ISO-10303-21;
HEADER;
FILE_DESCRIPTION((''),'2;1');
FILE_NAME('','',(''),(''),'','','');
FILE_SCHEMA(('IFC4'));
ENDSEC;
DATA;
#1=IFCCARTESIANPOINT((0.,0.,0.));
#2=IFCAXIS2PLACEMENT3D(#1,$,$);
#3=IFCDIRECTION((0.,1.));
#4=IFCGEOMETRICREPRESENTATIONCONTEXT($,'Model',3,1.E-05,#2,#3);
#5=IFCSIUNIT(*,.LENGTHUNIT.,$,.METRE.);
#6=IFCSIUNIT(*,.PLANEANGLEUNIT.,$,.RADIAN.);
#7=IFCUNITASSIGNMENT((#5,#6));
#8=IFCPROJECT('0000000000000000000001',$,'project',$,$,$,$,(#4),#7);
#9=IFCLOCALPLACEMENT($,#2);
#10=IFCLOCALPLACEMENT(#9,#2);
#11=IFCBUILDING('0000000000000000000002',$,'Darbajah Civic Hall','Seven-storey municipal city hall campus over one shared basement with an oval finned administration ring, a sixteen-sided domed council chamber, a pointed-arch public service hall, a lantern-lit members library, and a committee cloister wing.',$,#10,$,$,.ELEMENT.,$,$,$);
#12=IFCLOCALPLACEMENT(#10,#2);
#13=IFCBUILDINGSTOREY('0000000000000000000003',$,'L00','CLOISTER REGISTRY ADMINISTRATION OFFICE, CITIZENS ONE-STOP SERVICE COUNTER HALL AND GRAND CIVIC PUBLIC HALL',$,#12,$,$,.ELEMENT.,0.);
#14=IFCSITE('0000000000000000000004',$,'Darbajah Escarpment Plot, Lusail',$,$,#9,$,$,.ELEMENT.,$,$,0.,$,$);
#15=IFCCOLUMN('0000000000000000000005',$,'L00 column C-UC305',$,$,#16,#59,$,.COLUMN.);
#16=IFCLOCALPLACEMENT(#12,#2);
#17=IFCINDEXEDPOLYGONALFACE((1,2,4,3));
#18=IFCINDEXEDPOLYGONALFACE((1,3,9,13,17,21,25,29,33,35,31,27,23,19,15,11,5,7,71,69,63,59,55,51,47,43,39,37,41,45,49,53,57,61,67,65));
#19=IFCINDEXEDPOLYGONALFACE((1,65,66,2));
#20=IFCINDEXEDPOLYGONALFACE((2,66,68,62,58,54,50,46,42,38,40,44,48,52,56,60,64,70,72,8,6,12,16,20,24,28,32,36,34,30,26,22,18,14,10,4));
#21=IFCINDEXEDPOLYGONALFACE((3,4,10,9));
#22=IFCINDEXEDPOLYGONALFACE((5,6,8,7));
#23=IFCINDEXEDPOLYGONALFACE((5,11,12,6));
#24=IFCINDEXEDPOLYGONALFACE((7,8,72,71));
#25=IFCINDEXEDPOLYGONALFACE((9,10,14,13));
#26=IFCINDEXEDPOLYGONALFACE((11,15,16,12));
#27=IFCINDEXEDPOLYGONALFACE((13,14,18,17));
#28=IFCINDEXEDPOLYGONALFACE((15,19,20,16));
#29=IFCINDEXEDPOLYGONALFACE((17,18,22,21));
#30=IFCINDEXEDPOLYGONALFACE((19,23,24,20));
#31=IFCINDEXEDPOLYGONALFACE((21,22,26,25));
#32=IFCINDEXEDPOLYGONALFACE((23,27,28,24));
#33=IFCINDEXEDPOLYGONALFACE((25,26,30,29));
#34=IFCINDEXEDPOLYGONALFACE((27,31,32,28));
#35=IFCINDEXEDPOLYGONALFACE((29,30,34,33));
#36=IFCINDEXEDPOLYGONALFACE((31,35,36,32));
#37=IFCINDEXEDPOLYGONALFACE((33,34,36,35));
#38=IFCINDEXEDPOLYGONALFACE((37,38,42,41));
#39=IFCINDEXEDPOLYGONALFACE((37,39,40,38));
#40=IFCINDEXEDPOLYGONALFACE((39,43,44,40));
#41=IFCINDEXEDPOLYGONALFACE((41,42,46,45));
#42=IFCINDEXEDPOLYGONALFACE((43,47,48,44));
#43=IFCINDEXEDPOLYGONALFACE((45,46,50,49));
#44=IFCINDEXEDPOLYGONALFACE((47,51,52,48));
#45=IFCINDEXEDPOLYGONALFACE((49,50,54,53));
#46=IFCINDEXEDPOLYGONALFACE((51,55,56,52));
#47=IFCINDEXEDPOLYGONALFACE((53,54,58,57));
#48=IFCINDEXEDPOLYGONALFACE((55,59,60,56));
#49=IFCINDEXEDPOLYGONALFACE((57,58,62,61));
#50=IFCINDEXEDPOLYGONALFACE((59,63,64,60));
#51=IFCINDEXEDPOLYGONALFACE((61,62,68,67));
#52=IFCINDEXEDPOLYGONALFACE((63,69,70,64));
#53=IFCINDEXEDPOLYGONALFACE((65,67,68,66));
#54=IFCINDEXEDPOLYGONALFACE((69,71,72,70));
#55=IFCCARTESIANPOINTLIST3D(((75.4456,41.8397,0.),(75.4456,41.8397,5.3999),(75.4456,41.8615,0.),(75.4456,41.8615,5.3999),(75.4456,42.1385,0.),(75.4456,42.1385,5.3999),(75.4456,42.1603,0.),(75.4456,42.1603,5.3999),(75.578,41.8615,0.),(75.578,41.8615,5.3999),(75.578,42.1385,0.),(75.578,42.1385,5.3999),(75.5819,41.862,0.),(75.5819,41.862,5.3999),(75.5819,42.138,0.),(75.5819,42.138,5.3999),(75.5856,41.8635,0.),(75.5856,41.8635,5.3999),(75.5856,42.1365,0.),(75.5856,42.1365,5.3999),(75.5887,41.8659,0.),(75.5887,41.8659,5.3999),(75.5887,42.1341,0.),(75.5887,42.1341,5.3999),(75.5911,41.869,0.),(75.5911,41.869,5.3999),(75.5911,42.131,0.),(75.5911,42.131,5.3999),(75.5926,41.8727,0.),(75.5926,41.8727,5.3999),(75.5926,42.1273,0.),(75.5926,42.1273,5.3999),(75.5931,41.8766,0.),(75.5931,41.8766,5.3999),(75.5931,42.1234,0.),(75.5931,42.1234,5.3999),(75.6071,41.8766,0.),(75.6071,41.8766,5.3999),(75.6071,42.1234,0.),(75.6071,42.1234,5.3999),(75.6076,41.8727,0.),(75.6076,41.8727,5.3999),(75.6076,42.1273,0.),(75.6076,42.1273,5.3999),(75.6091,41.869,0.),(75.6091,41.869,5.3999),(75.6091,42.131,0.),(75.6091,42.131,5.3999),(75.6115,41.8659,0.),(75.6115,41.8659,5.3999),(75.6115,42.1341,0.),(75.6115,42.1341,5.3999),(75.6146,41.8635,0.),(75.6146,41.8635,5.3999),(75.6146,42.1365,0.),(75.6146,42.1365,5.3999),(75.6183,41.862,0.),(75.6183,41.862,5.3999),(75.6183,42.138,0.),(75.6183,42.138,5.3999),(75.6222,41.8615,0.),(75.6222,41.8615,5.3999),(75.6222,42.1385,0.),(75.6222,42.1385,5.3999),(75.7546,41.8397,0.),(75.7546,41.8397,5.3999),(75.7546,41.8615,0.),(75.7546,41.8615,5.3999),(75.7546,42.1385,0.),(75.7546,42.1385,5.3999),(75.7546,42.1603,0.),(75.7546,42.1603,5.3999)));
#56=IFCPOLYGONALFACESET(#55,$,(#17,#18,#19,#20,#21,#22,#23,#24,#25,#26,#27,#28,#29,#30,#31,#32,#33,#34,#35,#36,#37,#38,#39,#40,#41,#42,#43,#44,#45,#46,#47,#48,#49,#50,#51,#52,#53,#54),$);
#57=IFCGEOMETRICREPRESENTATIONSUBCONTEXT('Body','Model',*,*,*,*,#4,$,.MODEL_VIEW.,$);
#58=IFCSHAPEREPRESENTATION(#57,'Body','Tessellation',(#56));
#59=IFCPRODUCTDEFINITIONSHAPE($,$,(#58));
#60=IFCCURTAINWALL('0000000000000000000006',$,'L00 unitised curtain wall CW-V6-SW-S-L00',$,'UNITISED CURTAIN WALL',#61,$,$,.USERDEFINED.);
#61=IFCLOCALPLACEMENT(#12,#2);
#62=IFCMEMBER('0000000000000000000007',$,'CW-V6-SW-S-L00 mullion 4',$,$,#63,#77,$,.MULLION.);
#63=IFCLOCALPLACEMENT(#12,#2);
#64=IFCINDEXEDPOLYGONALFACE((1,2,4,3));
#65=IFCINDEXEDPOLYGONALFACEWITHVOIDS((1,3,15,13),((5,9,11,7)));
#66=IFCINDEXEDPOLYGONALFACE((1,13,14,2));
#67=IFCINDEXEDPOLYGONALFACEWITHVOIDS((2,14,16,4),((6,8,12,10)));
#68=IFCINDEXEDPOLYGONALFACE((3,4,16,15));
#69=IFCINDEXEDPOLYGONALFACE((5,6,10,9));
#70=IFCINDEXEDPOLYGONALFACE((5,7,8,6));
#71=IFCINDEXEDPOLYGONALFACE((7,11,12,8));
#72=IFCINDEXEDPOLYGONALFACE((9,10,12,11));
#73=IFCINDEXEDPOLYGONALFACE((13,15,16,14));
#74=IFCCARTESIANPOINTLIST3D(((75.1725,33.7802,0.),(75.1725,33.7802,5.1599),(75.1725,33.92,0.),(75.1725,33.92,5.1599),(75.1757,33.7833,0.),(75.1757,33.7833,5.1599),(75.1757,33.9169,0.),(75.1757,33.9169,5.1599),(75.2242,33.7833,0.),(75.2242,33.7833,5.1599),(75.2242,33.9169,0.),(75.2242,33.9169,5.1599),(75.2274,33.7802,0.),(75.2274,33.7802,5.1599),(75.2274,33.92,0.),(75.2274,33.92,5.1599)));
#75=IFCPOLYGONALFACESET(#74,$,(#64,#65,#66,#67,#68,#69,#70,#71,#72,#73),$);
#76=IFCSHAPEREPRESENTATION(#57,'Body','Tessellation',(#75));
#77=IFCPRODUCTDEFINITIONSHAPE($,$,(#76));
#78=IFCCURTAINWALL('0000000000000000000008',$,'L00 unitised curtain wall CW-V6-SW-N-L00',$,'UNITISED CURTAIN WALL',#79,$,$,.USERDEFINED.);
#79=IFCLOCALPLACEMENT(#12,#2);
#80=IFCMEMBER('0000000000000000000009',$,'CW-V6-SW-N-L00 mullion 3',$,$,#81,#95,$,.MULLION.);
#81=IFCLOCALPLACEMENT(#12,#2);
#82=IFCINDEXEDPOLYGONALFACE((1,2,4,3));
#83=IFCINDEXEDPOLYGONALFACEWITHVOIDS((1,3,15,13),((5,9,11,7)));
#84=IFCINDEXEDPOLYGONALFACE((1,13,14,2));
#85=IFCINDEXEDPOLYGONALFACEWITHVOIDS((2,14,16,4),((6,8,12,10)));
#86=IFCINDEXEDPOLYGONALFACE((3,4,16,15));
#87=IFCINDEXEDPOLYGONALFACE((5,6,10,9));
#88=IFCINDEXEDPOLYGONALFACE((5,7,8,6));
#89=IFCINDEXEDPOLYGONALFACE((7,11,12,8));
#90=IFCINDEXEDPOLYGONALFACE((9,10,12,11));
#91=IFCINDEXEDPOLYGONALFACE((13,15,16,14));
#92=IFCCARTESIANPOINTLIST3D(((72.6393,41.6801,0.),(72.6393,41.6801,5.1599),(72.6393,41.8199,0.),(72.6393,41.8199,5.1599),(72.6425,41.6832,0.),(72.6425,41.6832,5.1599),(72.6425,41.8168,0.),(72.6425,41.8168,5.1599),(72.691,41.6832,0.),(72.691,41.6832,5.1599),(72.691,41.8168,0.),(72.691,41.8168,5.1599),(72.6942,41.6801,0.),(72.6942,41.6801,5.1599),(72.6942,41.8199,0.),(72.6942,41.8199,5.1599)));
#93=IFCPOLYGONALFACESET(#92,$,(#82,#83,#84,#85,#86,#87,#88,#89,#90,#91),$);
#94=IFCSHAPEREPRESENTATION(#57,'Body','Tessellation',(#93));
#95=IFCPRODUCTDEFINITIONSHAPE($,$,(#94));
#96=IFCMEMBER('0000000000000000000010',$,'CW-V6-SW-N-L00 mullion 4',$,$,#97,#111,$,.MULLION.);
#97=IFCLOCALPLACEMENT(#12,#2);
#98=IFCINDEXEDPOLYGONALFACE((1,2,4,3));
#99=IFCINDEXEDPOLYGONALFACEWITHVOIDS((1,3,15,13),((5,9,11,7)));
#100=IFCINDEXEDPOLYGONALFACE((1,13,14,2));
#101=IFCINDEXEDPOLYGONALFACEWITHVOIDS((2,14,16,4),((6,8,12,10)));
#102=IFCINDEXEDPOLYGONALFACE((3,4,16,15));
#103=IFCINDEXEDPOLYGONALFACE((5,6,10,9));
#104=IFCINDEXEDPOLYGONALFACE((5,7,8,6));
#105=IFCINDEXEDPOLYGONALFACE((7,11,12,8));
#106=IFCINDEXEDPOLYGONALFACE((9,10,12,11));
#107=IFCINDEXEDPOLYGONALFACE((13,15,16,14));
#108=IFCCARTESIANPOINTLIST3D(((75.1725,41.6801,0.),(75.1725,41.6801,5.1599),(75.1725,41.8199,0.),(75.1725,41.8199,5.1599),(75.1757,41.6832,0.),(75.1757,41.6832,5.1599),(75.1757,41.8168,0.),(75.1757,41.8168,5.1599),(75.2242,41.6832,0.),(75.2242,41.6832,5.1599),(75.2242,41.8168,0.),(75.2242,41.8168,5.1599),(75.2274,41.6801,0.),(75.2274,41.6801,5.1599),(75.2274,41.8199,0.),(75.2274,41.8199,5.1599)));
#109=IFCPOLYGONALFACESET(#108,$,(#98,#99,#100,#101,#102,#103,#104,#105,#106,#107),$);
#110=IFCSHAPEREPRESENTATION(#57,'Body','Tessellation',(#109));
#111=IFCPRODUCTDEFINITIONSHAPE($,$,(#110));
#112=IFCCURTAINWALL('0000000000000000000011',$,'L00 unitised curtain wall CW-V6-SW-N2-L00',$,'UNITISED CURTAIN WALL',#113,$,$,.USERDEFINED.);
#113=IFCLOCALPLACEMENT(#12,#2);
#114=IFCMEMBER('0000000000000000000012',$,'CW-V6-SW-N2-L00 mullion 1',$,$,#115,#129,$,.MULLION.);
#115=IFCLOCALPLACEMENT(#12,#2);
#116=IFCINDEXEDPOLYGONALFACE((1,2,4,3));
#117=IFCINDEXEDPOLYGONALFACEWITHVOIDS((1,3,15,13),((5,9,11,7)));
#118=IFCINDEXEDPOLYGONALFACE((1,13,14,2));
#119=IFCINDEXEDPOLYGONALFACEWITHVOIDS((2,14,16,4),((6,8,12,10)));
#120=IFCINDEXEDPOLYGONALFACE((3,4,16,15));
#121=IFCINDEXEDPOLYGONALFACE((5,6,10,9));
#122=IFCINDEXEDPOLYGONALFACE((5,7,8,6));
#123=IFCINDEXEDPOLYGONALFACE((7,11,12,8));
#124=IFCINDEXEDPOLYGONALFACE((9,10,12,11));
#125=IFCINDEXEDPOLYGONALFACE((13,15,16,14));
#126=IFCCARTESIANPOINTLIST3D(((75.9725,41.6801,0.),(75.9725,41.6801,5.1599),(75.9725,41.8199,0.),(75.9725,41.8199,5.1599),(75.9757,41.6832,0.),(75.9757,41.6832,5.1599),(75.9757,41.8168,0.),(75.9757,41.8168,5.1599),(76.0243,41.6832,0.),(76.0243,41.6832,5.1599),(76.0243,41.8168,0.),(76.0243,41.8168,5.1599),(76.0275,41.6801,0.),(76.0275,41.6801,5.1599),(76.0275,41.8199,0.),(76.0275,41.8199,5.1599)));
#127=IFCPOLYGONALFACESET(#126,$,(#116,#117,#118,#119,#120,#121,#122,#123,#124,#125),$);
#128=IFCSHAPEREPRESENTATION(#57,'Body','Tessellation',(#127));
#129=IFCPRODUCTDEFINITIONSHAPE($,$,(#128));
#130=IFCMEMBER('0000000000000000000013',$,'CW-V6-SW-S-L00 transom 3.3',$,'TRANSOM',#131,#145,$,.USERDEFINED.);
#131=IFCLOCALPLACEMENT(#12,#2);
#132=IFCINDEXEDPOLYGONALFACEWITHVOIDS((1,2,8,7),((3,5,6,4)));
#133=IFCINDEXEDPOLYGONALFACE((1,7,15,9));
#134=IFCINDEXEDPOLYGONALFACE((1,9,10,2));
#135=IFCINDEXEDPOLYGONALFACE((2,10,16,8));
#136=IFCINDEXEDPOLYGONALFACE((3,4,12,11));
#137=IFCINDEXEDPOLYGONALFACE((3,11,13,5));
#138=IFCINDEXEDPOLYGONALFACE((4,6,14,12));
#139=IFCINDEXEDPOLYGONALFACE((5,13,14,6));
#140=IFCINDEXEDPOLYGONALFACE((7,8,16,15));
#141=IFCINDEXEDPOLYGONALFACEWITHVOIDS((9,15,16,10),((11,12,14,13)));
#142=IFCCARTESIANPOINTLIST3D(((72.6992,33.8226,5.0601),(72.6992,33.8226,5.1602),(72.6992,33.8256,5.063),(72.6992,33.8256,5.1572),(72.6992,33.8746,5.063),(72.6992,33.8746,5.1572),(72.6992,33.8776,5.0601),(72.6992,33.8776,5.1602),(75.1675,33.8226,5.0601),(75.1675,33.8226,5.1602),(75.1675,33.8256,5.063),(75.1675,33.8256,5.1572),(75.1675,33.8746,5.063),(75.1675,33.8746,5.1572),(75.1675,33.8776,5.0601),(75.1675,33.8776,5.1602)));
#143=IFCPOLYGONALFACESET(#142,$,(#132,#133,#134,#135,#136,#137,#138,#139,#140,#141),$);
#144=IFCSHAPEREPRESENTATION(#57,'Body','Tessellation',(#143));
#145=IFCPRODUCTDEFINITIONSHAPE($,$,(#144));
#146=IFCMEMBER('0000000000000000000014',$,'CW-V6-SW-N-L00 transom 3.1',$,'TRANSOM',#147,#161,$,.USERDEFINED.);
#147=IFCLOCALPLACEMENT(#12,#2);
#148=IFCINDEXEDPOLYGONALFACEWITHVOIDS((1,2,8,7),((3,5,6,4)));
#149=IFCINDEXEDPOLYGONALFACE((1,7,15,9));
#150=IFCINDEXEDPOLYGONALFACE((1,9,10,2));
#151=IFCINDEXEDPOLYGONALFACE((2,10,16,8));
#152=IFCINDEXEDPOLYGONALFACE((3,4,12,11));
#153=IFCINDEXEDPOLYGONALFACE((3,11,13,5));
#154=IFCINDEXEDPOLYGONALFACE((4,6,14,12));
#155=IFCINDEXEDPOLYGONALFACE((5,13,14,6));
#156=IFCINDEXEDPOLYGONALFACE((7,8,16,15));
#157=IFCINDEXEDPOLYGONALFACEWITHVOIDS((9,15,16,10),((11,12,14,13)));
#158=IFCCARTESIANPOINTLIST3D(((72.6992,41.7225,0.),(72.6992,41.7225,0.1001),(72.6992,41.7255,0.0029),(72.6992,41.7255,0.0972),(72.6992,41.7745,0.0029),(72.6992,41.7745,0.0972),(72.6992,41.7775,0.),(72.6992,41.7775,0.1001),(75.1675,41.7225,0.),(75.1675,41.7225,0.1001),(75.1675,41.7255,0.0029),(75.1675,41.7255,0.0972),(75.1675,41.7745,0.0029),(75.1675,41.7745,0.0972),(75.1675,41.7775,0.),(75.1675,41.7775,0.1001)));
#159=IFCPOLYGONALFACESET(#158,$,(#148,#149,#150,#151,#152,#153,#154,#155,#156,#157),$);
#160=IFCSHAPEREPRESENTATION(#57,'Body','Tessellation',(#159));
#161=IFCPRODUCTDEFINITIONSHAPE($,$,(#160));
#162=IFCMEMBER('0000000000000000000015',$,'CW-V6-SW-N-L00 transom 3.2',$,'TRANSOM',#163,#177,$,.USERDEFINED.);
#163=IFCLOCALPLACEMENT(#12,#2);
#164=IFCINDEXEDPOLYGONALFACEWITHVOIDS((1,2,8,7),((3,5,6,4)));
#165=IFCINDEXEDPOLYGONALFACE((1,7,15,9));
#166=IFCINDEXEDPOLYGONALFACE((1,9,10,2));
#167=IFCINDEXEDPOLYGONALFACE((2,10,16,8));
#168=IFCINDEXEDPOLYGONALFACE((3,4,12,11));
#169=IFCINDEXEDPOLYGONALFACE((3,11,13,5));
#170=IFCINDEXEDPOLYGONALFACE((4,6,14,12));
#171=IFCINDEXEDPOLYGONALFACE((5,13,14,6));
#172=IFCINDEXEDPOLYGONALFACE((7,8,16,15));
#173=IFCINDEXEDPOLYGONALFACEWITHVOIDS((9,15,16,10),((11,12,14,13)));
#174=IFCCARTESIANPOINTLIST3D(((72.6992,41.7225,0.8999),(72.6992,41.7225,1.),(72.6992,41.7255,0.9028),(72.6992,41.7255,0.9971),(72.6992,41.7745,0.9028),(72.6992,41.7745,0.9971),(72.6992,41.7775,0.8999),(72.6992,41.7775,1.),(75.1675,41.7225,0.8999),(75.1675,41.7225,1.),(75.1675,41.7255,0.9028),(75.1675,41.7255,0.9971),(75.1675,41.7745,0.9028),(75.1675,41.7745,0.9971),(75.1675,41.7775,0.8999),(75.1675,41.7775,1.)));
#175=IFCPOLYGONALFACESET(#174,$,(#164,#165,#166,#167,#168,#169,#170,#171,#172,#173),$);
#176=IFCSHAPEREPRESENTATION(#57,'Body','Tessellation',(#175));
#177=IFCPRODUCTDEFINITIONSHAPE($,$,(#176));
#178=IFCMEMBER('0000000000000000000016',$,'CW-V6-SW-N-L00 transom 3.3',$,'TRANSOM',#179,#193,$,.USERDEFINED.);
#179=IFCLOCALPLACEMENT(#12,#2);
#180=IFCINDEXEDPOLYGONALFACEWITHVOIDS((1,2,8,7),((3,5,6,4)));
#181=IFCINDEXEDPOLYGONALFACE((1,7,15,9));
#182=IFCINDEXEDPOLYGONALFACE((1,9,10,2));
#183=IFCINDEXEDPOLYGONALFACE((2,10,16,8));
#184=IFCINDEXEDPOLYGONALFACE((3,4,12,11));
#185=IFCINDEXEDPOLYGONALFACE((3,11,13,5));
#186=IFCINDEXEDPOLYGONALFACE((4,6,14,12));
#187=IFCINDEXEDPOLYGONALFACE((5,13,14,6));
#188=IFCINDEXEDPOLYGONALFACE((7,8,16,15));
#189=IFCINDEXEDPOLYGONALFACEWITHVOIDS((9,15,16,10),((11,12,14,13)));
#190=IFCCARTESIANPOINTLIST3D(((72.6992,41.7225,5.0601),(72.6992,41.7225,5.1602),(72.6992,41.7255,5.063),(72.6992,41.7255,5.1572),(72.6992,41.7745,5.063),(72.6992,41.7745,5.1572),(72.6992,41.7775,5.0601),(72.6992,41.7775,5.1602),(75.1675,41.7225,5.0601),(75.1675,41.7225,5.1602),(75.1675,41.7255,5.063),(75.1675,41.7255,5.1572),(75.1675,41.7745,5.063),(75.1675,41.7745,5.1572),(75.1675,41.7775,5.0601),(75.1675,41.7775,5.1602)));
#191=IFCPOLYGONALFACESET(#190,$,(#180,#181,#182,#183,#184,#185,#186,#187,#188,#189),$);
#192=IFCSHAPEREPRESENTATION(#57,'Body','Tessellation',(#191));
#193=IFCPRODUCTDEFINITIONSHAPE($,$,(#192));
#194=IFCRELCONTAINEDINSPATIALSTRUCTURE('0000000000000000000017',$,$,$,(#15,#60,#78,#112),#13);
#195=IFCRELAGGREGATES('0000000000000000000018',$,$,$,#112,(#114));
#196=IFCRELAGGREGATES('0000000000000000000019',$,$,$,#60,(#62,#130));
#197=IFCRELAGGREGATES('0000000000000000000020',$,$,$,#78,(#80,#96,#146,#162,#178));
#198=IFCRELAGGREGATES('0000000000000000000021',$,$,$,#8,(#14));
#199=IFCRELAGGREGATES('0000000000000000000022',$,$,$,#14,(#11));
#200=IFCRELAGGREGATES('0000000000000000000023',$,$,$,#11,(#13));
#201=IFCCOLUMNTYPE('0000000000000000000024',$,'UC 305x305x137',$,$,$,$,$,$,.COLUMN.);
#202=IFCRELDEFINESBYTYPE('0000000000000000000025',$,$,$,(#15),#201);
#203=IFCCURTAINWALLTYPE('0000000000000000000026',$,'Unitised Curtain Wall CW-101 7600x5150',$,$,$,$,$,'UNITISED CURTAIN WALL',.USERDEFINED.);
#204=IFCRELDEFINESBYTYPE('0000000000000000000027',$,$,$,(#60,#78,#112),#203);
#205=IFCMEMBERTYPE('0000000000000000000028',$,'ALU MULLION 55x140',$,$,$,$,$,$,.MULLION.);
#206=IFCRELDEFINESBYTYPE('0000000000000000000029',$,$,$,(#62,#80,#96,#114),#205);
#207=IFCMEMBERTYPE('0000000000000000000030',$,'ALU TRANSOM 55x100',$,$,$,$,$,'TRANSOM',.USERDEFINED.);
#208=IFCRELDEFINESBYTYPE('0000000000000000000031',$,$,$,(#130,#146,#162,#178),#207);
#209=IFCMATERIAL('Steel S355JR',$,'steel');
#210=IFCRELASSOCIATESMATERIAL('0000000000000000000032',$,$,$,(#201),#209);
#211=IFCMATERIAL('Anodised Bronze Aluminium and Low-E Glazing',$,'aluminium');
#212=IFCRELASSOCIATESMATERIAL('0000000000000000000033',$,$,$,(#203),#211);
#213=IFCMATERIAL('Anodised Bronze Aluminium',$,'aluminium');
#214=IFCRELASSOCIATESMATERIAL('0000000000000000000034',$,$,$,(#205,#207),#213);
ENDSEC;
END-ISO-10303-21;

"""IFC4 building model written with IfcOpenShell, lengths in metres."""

from ifc_helpers import new_model, si_unit, direction, frame, origin, origin_2d, place, context, subcontext, project, spatial, hollow_rectangle, i_section, extrude, material, material_profile, profile_set, type_object, element, aggregate, save


model = new_model("IFC4")

# Units and contexts
model_context = context("Model", 3, precision=1e-05, world=origin(), true_north=direction((0.0, 1.0)))
body_context = subcontext(model_context, "Body", "Model", "MODEL_VIEW")
ifc_project = project(units=[si_unit("LENGTHUNIT", "METRE"), si_unit("PLANEANGLEUNIT", "RADIAN")], contexts=[model_context])

# Site, building, storey
site_placement = place(None, origin())
site = spatial("IfcSite", under=ifc_project, at=site_placement, Name="Darbajah Escarpment Plot, Lusail", CompositionType="ELEMENT", RefElevation=0.0)
building_placement = place(site_placement, origin())
building = spatial("IfcBuilding", under=site, at=building_placement, Name="Darbajah Civic Hall", Description="Seven-storey municipal city hall campus over one shared basement with an oval finned administration ring, a sixteen-sided domed council chamber, a pointed-arch public service hall, a lantern-lit members library, and a committee cloister wing.", CompositionType="ELEMENT")
storey_placement = place(building_placement, origin())
storey = spatial("IfcBuildingStorey", under=building, at=storey_placement, Name="L00", Description="CLOISTER REGISTRY ADMINISTRATION OFFICE, CITIZENS ONE-STOP SERVICE COUNTER HALL AND GRAND CIVIC PUBLIC HALL", CompositionType="ELEMENT", Elevation=0.0)

# Column
ifc_material_1 = material(Name="Steel S355JR", Category="steel")
ifc_material_profile_1 = material_profile(ifc_material_1, i_section(OverallWidth=0.3091, OverallDepth=0.3206, WebThickness=0.0139, FlangeThickness=0.0217, FilletRadius=0.0151, at=origin_2d()), Name="UC 305x305x137")
ifc_profile_set_1 = profile_set([ifc_material_profile_1], Name="Steel S355JR")
column_type = type_object("IfcColumnType", Name="UC 305x305x137", PredefinedType="COLUMN", material=ifc_profile_set_1)
column_placement = place(storey_placement, frame((75.6001, 42.0, 0.0), z_axis=(0.0, 0.0, 1.0), x_axis=(1.0, 0.0, 0.0)))
element("IfcColumn", 1, at=column_placement, inside=storey, type_object=column_type, Name="L00 column C-UC305", PredefinedType="COLUMN", context=body_context, shape_type="SweptSolid", body=[
    extrude(i_section(OverallWidth=0.3091, OverallDepth=0.3206, WebThickness=0.0139, FlangeThickness=0.0217, FilletRadius=0.0151, at=origin_2d()), origin(), (0.0, 0.0, 1.0), 5.3999),
])

# Curtain wall, member
ifc_material_2 = material(Name="Anodised Bronze Aluminium and Low-E Glazing", Category="aluminium")
curtain_wall_type = type_object("IfcCurtainWallType", Name="Unitised Curtain Wall CW-101 7600x5150", ElementType="UNITISED CURTAIN WALL", PredefinedType="USERDEFINED", material=ifc_material_2)
curtain_wall_1_placement = place(storey_placement, origin())
curtain_wall_1 = element("IfcCurtainWall", 2, at=curtain_wall_1_placement, inside=storey, type_object=curtain_wall_type, Name="L00 unitised curtain wall CW-V6-SW-S-L00", ObjectType="UNITISED CURTAIN WALL", PredefinedType="USERDEFINED")
ifc_material_3 = material(Name="Anodised Bronze Aluminium", Category="aluminium")
ifc_material_profile_2 = material_profile(ifc_material_3, hollow_rectangle(XDim=0.0549, YDim=0.1399, WallThickness=0.0032, at=origin_2d()), Name="ALU MULLION 55x140")
ifc_profile_set_2 = profile_set([ifc_material_profile_2], Name="Anodised Bronze Aluminium")
member_type_1 = type_object("IfcMemberType", Name="ALU MULLION 55x140", PredefinedType="MULLION", material=ifc_profile_set_2)
member_1_placement = place(storey_placement, frame((75.2, 33.8501, 0.0), z_axis=(0.0, 0.0, 1.0), x_axis=(1.0, 0.0, 0.0)))
member_1 = element("IfcMember", 3, at=member_1_placement, type_object=member_type_1, Name="CW-V6-SW-S-L00 mullion 4", PredefinedType="MULLION", context=body_context, shape_type="SweptSolid", body=[
    extrude(hollow_rectangle(XDim=0.0549, YDim=0.1399, WallThickness=0.0032, at=origin_2d()), origin(), (0.0, 0.0, 1.0), 5.1599),
])

# Curtain wall, members
curtain_wall_2_placement = place(storey_placement, origin())
curtain_wall_2 = element("IfcCurtainWall", 4, at=curtain_wall_2_placement, inside=storey, type_object=curtain_wall_type, Name="L00 unitised curtain wall CW-V6-SW-N-L00", ObjectType="UNITISED CURTAIN WALL", PredefinedType="USERDEFINED")
member_2_placement = place(storey_placement, frame((72.6667, 41.75, 0.0), z_axis=(0.0, 0.0, 1.0), x_axis=(1.0, 0.0, 0.0)))
member_2 = element("IfcMember", 5, at=member_2_placement, type_object=member_type_1, Name="CW-V6-SW-N-L00 mullion 3", PredefinedType="MULLION", context=body_context, shape_type="SweptSolid", body=[
    extrude(hollow_rectangle(XDim=0.0549, YDim=0.1399, WallThickness=0.0032, at=origin_2d()), origin(), (0.0, 0.0, 1.0), 5.1599),
])
member_3_placement = place(storey_placement, frame((75.2, 41.75, 0.0), z_axis=(0.0, 0.0, 1.0), x_axis=(1.0, 0.0, 0.0)))
member_3 = element("IfcMember", 6, at=member_3_placement, type_object=member_type_1, Name="CW-V6-SW-N-L00 mullion 4", PredefinedType="MULLION", context=body_context, shape_type="SweptSolid", body=[
    extrude(hollow_rectangle(XDim=0.0549, YDim=0.1399, WallThickness=0.0032, at=origin_2d()), origin(), (0.0, 0.0, 1.0), 5.1599),
])

# Curtain wall, member
curtain_wall_3_placement = place(storey_placement, origin())
curtain_wall_3 = element("IfcCurtainWall", 7, at=curtain_wall_3_placement, inside=storey, type_object=curtain_wall_type, Name="L00 unitised curtain wall CW-V6-SW-N2-L00", ObjectType="UNITISED CURTAIN WALL", PredefinedType="USERDEFINED")
member_4_placement = place(storey_placement, frame((76.0, 41.75, 0.0), z_axis=(0.0, 0.0, 1.0), x_axis=(1.0, 0.0, 0.0)))
member_4 = element("IfcMember", 8, at=member_4_placement, type_object=member_type_1, Name="CW-V6-SW-N2-L00 mullion 1", PredefinedType="MULLION", context=body_context, shape_type="SweptSolid", body=[
    extrude(hollow_rectangle(XDim=0.0549, YDim=0.1399, WallThickness=0.0032, at=origin_2d()), origin(), (0.0, 0.0, 1.0), 5.1599),
])

# Members
ifc_material_profile_3 = material_profile(ifc_material_3, hollow_rectangle(XDim=0.0549, YDim=0.1001, WallThickness=0.0029, at=origin_2d()), Name="ALU TRANSOM 55x100")
ifc_profile_set_3 = profile_set([ifc_material_profile_3], Name="Anodised Bronze Aluminium")
member_type_2 = type_object("IfcMemberType", Name="ALU TRANSOM 55x100", ElementType="TRANSOM", PredefinedType="USERDEFINED", material=ifc_profile_set_3)
member_5_placement = place(storey_placement, frame((72.6992, 33.8501, 5.1101), z_axis=(1.0, 0.0, 0.0), x_axis=(0.0, 1.0, 0.0)))
member_5 = element("IfcMember", 9, at=member_5_placement, type_object=member_type_2, Name="CW-V6-SW-S-L00 transom 3.3", ObjectType="TRANSOM", PredefinedType="USERDEFINED", context=body_context, shape_type="SweptSolid", body=[
    extrude(hollow_rectangle(XDim=0.0549, YDim=0.1001, WallThickness=0.0029, at=origin_2d()), origin(), (0.0, 0.0, 1.0), 2.4683),
])
member_6_placement = place(storey_placement, frame((72.6992, 41.75, 0.05), z_axis=(1.0, 0.0, 0.0), x_axis=(0.0, 1.0, 0.0)))
member_6 = element("IfcMember", 10, at=member_6_placement, type_object=member_type_2, Name="CW-V6-SW-N-L00 transom 3.1", ObjectType="TRANSOM", PredefinedType="USERDEFINED", context=body_context, shape_type="SweptSolid", body=[
    extrude(hollow_rectangle(XDim=0.0549, YDim=0.1001, WallThickness=0.0029, at=origin_2d()), origin(), (0.0, 0.0, 1.0), 2.4683),
])
member_7_placement = place(storey_placement, frame((72.6992, 41.75, 0.95), z_axis=(1.0, 0.0, 0.0), x_axis=(0.0, 1.0, 0.0)))
member_7 = element("IfcMember", 11, at=member_7_placement, type_object=member_type_2, Name="CW-V6-SW-N-L00 transom 3.2", ObjectType="TRANSOM", PredefinedType="USERDEFINED", context=body_context, shape_type="SweptSolid", body=[
    extrude(hollow_rectangle(XDim=0.0549, YDim=0.1001, WallThickness=0.0029, at=origin_2d()), origin(), (0.0, 0.0, 1.0), 2.4683),
])
member_8_placement = place(storey_placement, frame((72.6992, 41.75, 5.1101), z_axis=(1.0, 0.0, 0.0), x_axis=(0.0, 1.0, 0.0)))
member_8 = element("IfcMember", 12, at=member_8_placement, type_object=member_type_2, Name="CW-V6-SW-N-L00 transom 3.3", ObjectType="TRANSOM", PredefinedType="USERDEFINED", context=body_context, shape_type="SweptSolid", body=[
    extrude(hollow_rectangle(XDim=0.0549, YDim=0.1001, WallThickness=0.0029, at=origin_2d()), origin(), (0.0, 0.0, 1.0), 2.4683),
])
aggregate(curtain_wall_3, [member_4])

aggregate(curtain_wall_1, [member_1, member_5])
aggregate(curtain_wall_2, [member_2, member_3, member_6, member_7, member_8])

save(model, "model.ifc")
